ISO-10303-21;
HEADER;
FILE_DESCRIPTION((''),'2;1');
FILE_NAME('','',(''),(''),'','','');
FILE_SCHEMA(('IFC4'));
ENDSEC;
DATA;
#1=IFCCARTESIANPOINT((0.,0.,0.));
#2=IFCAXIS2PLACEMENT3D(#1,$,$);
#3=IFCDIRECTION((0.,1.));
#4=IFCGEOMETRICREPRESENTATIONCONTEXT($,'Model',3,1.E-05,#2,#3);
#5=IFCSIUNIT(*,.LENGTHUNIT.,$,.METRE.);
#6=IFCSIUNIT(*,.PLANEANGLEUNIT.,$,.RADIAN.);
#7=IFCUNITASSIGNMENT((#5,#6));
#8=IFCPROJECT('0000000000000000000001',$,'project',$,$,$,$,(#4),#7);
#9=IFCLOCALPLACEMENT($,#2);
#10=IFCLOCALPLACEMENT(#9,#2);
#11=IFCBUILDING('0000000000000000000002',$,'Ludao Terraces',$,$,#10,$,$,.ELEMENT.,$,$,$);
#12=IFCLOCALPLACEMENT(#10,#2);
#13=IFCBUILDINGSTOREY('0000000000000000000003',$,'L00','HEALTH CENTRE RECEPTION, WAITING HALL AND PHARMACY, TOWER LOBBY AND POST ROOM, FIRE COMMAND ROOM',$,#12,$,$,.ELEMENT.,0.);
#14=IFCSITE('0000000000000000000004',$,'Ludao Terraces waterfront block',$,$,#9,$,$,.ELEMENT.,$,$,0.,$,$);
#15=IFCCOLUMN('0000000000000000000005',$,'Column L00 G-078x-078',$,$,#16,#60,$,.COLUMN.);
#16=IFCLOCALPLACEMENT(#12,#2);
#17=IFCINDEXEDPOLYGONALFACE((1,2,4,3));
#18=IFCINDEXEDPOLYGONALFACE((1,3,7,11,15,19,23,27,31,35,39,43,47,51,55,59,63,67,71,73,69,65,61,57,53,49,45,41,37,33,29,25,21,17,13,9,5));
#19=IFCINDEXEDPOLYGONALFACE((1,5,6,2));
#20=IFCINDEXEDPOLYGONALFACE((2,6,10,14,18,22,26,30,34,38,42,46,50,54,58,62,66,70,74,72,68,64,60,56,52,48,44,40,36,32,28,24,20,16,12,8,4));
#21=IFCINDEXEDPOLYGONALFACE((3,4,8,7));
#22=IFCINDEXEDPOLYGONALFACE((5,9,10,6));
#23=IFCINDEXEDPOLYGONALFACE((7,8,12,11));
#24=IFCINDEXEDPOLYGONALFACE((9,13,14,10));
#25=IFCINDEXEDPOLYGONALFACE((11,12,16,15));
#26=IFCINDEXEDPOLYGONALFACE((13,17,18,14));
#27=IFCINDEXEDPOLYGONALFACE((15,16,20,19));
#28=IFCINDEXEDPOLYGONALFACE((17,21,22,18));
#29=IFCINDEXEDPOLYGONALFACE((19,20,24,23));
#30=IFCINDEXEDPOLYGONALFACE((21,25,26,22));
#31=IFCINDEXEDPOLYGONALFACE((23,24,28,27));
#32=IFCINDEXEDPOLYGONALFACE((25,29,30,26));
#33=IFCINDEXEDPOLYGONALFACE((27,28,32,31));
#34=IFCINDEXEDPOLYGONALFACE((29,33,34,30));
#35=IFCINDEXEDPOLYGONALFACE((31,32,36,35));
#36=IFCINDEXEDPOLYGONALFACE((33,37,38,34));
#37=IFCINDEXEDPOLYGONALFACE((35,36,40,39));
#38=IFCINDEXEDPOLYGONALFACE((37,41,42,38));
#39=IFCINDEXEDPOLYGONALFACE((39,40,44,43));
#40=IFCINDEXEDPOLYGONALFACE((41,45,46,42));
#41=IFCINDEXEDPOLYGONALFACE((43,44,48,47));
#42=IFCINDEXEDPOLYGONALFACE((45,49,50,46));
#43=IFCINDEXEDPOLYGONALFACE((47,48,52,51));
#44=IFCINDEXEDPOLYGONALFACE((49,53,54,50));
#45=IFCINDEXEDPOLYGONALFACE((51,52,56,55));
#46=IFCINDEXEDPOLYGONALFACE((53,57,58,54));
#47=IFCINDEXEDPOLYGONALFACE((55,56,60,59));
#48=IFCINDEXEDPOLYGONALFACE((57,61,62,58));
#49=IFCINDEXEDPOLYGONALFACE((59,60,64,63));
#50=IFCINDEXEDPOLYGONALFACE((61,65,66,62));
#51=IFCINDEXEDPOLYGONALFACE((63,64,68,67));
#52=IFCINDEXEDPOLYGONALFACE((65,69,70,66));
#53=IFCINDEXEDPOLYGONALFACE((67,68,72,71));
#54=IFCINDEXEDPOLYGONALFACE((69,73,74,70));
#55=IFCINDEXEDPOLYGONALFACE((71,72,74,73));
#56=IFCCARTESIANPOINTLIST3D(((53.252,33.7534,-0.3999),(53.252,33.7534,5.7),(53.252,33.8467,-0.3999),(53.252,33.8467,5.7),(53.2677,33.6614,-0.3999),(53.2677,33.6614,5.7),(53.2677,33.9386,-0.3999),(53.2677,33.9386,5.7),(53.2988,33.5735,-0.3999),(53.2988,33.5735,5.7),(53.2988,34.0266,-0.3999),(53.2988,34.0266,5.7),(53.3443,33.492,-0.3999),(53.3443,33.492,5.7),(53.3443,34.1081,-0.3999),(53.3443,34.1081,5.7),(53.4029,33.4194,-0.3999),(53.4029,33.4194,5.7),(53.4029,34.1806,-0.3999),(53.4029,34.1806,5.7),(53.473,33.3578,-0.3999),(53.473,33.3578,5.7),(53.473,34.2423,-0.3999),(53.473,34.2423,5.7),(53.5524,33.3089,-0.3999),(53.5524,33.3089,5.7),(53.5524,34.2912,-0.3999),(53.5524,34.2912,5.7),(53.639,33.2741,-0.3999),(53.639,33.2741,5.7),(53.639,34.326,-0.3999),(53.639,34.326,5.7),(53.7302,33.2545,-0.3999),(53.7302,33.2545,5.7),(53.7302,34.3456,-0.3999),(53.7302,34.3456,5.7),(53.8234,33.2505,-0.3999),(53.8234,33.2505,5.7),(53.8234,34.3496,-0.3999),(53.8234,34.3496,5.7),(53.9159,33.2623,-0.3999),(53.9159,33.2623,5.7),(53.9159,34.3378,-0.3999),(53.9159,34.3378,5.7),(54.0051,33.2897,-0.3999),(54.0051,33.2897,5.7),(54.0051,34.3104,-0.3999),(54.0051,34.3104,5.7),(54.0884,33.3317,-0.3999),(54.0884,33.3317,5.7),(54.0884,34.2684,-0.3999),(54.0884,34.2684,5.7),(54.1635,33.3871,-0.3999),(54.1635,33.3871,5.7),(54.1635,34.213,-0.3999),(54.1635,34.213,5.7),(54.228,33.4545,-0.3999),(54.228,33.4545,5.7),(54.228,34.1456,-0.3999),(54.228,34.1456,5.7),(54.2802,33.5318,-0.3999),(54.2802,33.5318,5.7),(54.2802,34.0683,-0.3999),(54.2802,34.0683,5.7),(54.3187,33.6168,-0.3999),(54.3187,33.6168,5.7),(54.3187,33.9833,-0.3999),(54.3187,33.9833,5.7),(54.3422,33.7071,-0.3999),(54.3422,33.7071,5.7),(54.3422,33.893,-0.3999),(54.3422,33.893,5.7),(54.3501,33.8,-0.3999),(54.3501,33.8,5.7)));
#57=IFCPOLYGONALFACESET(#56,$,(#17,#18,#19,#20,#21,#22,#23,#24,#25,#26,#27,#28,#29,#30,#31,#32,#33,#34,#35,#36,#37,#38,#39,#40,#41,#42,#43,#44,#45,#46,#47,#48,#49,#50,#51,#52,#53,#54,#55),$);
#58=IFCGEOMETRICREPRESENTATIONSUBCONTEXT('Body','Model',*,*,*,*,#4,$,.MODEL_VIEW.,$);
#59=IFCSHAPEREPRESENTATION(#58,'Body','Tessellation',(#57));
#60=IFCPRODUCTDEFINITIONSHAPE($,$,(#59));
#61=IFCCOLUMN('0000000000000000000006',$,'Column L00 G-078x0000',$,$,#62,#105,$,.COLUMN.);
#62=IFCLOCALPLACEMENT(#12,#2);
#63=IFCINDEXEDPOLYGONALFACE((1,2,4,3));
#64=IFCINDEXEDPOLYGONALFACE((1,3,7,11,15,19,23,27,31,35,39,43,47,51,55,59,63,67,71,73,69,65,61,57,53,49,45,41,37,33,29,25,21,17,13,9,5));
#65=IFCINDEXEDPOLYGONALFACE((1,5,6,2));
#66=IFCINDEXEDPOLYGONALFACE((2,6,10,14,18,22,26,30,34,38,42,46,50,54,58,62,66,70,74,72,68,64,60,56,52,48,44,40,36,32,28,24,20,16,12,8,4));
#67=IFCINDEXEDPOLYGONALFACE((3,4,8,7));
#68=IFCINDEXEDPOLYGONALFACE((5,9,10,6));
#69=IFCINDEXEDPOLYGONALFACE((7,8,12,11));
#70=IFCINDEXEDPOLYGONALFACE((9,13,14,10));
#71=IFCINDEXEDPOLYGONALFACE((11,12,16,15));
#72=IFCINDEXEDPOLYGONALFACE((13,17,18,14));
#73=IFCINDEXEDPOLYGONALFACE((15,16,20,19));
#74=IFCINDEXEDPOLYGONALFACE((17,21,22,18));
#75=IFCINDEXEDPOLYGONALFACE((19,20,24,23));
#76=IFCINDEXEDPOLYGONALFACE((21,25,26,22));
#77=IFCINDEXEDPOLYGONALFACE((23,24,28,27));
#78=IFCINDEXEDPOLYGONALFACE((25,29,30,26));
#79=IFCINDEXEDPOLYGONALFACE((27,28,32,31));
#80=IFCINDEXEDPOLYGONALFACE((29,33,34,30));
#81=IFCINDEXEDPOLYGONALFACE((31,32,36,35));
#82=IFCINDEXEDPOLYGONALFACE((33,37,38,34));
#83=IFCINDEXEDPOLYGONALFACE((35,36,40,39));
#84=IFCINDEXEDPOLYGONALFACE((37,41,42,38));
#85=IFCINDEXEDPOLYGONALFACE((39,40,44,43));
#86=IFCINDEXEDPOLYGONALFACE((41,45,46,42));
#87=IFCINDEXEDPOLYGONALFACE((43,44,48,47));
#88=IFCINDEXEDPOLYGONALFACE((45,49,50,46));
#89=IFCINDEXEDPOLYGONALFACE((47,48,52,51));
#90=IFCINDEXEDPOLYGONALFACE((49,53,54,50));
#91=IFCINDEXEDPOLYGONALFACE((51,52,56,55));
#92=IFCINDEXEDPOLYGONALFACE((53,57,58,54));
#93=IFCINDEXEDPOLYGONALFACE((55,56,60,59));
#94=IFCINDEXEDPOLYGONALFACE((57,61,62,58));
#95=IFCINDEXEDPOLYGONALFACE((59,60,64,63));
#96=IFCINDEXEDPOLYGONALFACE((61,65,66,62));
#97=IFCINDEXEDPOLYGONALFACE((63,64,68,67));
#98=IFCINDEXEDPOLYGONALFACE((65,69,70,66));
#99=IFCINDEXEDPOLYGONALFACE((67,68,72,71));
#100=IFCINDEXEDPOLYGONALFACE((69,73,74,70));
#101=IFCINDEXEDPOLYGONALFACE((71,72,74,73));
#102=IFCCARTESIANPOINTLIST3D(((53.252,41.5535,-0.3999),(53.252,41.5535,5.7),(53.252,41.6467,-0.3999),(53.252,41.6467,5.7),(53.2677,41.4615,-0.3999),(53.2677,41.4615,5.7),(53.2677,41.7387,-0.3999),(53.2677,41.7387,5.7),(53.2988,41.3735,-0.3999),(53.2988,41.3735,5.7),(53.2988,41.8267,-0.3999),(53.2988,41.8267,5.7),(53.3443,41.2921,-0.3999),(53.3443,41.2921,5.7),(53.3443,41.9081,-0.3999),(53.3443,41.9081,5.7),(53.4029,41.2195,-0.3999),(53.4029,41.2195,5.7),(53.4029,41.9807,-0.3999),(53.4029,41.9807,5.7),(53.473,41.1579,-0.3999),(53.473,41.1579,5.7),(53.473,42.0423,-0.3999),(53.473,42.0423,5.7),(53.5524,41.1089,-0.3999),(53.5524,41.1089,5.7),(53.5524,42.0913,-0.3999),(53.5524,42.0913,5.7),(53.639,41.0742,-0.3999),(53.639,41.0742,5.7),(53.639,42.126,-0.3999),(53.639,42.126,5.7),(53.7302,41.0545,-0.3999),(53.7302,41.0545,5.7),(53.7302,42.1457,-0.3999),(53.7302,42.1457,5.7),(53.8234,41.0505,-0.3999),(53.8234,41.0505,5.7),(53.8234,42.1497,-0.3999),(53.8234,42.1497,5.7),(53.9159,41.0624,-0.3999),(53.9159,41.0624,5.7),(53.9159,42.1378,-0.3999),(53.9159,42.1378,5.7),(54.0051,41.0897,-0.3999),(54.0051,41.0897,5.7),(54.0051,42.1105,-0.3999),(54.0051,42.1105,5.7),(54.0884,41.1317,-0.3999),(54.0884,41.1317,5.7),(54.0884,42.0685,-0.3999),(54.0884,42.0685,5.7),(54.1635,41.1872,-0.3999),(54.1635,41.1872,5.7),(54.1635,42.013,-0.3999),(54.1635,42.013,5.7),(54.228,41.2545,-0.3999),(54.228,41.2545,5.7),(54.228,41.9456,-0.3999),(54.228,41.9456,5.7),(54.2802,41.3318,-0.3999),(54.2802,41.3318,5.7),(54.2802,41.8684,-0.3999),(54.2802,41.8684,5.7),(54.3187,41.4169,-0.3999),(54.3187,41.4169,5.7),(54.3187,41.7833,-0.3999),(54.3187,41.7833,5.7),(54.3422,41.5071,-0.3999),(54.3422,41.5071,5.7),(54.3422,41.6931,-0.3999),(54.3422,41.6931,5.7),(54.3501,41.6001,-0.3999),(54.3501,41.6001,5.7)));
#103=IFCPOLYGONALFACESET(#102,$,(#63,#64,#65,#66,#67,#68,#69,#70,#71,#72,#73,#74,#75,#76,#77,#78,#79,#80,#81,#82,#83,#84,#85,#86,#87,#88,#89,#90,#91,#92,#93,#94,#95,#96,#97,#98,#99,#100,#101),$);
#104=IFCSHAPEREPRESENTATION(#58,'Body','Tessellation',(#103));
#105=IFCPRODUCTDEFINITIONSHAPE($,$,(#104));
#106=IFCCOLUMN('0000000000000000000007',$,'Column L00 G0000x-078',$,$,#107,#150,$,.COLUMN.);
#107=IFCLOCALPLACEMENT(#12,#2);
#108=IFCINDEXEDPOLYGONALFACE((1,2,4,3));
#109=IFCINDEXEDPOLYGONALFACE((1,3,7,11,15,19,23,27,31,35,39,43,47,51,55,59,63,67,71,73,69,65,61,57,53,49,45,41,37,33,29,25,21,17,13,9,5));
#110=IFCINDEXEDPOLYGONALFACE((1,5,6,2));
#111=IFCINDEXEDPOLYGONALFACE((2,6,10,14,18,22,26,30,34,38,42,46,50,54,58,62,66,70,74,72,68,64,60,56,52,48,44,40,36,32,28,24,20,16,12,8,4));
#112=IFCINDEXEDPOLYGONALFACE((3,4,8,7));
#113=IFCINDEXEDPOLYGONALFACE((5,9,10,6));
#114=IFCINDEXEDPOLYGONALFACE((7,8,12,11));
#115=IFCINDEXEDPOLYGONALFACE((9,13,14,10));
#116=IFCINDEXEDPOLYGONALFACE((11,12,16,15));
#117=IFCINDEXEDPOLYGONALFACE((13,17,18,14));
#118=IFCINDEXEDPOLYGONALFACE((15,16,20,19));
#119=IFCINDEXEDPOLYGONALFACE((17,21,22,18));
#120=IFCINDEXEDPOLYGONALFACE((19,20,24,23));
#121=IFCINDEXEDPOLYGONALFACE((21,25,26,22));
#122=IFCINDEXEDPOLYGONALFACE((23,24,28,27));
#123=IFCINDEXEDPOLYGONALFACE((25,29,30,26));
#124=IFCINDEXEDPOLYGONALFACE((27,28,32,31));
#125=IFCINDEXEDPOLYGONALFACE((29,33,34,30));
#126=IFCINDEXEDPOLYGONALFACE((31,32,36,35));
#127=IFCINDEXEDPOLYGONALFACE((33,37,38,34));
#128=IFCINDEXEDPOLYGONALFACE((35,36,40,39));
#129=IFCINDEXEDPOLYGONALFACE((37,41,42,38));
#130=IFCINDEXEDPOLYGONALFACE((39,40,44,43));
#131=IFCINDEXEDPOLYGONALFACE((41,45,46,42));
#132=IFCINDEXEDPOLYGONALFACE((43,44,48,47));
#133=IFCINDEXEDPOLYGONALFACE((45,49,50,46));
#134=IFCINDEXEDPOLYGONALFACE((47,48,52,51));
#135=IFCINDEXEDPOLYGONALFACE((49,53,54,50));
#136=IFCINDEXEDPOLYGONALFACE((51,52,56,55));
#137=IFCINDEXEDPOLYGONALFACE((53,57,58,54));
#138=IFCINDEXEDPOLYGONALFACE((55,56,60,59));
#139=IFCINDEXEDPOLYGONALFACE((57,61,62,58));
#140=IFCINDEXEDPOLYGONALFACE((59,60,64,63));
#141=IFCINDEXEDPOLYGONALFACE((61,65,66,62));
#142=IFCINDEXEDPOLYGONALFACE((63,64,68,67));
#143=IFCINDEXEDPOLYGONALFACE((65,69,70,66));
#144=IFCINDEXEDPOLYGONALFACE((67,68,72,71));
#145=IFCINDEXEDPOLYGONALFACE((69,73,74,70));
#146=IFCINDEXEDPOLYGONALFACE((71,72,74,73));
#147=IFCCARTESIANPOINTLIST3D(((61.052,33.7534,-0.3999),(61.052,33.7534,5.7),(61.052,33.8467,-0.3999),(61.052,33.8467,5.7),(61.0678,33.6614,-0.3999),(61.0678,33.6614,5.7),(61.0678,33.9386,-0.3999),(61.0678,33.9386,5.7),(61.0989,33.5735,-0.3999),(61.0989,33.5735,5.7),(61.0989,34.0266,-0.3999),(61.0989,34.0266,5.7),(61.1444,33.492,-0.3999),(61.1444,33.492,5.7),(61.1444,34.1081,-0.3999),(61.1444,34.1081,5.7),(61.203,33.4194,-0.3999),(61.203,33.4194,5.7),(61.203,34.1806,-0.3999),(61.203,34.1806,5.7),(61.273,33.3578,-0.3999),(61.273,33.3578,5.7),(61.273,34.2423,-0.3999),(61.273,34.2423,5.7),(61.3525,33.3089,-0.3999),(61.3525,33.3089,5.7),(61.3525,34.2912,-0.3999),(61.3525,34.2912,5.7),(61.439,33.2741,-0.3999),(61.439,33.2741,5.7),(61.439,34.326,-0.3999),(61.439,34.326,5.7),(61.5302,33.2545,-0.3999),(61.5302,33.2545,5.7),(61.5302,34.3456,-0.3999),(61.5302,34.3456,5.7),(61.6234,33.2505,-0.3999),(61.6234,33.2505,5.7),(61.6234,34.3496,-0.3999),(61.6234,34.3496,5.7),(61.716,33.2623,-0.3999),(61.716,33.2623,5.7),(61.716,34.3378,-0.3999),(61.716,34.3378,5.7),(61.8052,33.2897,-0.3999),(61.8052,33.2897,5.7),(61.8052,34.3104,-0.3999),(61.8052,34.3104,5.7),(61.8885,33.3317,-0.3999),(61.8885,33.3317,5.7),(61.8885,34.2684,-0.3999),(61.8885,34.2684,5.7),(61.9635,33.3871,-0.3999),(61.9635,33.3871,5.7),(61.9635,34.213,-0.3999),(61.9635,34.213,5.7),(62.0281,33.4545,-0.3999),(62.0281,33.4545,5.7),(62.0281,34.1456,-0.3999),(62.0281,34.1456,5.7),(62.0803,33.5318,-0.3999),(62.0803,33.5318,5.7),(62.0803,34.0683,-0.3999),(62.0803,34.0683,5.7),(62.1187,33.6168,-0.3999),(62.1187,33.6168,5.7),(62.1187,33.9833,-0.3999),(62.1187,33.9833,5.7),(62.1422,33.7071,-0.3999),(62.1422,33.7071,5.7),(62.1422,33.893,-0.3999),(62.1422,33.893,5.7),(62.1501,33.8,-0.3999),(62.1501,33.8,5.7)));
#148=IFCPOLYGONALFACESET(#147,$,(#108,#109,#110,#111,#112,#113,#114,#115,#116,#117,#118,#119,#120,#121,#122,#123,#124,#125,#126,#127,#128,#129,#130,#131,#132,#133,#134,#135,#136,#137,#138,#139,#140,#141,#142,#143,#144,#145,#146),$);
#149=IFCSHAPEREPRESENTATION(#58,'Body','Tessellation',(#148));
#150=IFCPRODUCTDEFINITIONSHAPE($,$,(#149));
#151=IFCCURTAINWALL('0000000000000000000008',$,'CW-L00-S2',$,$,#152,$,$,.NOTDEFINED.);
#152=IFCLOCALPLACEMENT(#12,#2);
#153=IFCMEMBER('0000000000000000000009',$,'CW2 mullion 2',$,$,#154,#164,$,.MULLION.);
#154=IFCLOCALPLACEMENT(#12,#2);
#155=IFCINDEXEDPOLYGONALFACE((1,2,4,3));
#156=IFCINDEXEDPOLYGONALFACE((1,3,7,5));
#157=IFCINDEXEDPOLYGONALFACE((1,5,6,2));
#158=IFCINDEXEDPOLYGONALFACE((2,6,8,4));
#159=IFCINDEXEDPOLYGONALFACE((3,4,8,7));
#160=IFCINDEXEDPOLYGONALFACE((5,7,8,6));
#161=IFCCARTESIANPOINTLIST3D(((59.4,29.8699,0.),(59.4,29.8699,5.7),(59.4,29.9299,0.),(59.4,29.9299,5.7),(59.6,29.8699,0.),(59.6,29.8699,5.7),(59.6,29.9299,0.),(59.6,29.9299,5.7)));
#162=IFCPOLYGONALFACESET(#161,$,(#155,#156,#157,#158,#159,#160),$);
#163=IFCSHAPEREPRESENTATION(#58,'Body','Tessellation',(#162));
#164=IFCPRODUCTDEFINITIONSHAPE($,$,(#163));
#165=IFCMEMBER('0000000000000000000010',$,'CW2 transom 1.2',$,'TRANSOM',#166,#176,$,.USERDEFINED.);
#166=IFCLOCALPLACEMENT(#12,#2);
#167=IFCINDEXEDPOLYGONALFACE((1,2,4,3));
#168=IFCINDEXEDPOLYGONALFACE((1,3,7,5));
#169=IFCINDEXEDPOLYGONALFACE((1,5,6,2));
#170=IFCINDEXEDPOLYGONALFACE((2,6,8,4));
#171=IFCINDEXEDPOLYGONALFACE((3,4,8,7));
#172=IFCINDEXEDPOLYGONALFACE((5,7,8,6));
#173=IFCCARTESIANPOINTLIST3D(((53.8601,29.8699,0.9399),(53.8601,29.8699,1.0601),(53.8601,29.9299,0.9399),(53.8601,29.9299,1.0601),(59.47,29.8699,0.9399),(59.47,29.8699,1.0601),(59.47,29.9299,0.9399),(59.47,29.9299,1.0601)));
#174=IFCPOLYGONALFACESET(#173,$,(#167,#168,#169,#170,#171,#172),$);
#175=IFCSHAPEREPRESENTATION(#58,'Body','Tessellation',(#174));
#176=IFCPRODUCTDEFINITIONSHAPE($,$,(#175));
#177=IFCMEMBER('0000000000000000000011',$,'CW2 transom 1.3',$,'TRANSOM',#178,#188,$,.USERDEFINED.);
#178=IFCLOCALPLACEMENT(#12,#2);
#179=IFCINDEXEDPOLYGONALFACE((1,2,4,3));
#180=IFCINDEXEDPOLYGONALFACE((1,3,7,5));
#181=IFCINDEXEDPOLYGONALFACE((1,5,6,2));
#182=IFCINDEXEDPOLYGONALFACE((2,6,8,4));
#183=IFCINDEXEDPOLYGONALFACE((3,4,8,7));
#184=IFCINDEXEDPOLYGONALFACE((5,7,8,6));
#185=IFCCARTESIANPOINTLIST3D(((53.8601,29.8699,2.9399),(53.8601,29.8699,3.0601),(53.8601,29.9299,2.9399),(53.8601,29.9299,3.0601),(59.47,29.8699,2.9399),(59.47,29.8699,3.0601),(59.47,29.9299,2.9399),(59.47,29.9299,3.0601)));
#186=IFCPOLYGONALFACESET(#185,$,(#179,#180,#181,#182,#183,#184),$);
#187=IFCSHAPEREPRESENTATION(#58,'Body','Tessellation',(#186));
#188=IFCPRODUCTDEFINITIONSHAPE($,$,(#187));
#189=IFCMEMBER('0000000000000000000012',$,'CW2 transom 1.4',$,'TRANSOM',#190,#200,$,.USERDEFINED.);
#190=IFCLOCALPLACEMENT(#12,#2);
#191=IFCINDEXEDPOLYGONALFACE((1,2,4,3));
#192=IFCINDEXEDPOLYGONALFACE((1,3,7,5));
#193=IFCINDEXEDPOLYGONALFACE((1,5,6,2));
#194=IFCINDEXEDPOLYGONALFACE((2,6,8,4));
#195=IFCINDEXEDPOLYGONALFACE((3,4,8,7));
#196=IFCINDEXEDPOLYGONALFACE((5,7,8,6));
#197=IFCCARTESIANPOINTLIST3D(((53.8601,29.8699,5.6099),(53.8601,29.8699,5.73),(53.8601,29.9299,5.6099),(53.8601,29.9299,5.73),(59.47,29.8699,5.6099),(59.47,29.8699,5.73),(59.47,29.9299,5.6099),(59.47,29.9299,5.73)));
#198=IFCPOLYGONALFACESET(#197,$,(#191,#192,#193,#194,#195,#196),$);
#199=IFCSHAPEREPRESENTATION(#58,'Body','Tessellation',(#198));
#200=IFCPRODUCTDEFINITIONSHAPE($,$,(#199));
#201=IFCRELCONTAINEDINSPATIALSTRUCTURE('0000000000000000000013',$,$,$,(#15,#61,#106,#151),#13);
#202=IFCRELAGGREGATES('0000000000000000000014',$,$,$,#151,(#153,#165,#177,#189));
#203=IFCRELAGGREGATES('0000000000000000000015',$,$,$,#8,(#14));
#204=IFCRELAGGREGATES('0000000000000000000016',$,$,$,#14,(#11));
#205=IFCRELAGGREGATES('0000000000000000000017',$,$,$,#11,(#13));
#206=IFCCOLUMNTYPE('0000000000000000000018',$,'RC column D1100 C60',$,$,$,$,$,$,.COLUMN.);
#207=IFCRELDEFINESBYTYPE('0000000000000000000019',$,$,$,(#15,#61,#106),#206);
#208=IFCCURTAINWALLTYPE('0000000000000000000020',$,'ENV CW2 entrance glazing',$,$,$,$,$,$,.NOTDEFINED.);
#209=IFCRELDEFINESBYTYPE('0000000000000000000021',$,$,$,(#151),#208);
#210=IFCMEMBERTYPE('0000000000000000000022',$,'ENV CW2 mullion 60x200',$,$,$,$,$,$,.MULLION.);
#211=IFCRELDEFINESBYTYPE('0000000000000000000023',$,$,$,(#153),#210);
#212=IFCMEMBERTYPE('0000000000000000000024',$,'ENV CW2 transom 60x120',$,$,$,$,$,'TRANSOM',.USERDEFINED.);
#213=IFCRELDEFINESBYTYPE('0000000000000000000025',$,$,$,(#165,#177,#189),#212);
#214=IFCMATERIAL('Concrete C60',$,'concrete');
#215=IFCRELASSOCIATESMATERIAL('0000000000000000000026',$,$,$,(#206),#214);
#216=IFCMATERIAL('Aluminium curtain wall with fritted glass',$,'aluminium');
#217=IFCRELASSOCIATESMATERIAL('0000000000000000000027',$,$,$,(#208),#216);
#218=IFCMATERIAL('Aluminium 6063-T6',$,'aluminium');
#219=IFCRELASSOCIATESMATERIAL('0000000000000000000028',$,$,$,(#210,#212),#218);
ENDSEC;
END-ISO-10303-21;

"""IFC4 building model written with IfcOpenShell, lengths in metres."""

from ifc_helpers import new_model, si_unit, direction, frame, origin, origin_2d, place, context, subcontext, project, spatial, rectangle, circle, extrude, material, material_profile, profile_set, type_object, element, aggregate, save


model = new_model("IFC4")

# Units and contexts
model_context = context("Model", 3, precision=1e-05, world=origin(), true_north=direction((0.0, 1.0)))
body_context = subcontext(model_context, "Body", "Model", "MODEL_VIEW")
ifc_project = project(units=[si_unit("LENGTHUNIT", "METRE"), si_unit("PLANEANGLEUNIT", "RADIAN")], contexts=[model_context])

# Site, building, storey
site_placement = place(None, origin())
site = spatial("IfcSite", under=ifc_project, at=site_placement, Name="Ludao Terraces waterfront block", CompositionType="ELEMENT", RefElevation=0.0)
building_placement = place(site_placement, origin())
building = spatial("IfcBuilding", under=site, at=building_placement, Name="Ludao Terraces", CompositionType="ELEMENT")
storey_placement = place(building_placement, origin())
storey = spatial("IfcBuildingStorey", under=building, at=storey_placement, Name="L00", Description="HEALTH CENTRE RECEPTION, WAITING HALL AND PHARMACY, TOWER LOBBY AND POST ROOM, FIRE COMMAND ROOM", CompositionType="ELEMENT", Elevation=0.0)

# Columns
ifc_material_1 = material(Name="Concrete C60", Category="concrete")
ifc_material_profile_1 = material_profile(ifc_material_1, circle(Radius=0.55, at=origin_2d()), Name="D1100")
ifc_profile_set_1 = profile_set([ifc_material_profile_1], Name="Concrete C60")
column_type = type_object("IfcColumnType", Name="RC column D1100 C60", PredefinedType="COLUMN", material=ifc_profile_set_1)
for number, where, z_axis, x_axis, name in (
    (1, (53.8, 33.8, -0.3999), (0.0, 0.0, 1.0), (1.0, 0.0, 0.0), "Column L00 G-078x-078"),
    (2, (53.8, 41.6001, -0.3999), (0.0, 0.0, 1.0), (1.0, 0.0, 0.0), "Column L00 G-078x0000"),
    (3, (61.6001, 33.8, -0.3999), (0.0, 0.0, 1.0), (1.0, 0.0, 0.0), "Column L00 G0000x-078"),
):
    element("IfcColumn", number, at=place(storey_placement, frame(where, z_axis=z_axis, x_axis=x_axis)), inside=storey, type_object=column_type, Name=name, PredefinedType="COLUMN", context=body_context, shape_type="SweptSolid", body=[
        extrude(circle(Radius=0.55, at=origin_2d()), origin(), (0.0, 0.0, 1.0), 6.0999),
    ])

# Curtain wall, members
ifc_material_2 = material(Name="Aluminium curtain wall with fritted glass", Category="aluminium")
curtain_wall_type = type_object("IfcCurtainWallType", Name="ENV CW2 entrance glazing", PredefinedType="NOTDEFINED", material=ifc_material_2)
curtain_wall_placement = place(storey_placement, origin())
curtain_wall = element("IfcCurtainWall", 4, at=curtain_wall_placement, inside=storey, type_object=curtain_wall_type, Name="CW-L00-S2", PredefinedType="NOTDEFINED")
ifc_material_3 = material(Name="Aluminium 6063-T6", Category="aluminium")
ifc_material_profile_2 = material_profile(ifc_material_3, rectangle(XDim=0.0601, YDim=0.2, at=origin_2d()), Name="60 X 200")
ifc_profile_set_2 = profile_set([ifc_material_profile_2], Name="Aluminium 6063-T6")
member_type_1 = type_object("IfcMemberType", Name="ENV CW2 mullion 60x200", PredefinedType="MULLION", material=ifc_profile_set_2)
member_1_placement = place(storey_placement, frame((59.5, 29.8999, 0.0), z_axis=(0.0, 0.0, 1.0), x_axis=(0.0, 1.0, 0.0)))
member_1 = element("IfcMember", 5, at=member_1_placement, type_object=member_type_1, Name="CW2 mullion 2", PredefinedType="MULLION", context=body_context, shape_type="SweptSolid", body=[
    extrude(rectangle(XDim=0.0601, YDim=0.2, at=origin_2d()), origin(), (0.0, 0.0, 1.0), 5.7),
])
ifc_material_profile_3 = material_profile(ifc_material_3, rectangle(XDim=0.0601, YDim=0.1201, at=origin_2d()), Name="60 X 120")
ifc_profile_set_3 = profile_set([ifc_material_profile_3], Name="Aluminium 6063-T6")
member_type_2 = type_object("IfcMemberType", Name="ENV CW2 transom 60x120", ElementType="TRANSOM", PredefinedType="USERDEFINED", material=ifc_profile_set_3)
member_2_placement = place(storey_placement, frame((53.8601, 29.8999, 1.0), z_axis=(1.0, 0.0, 0.0), x_axis=(0.0, 1.0, 0.0)))
member_2 = element("IfcMember", 6, at=member_2_placement, type_object=member_type_2, Name="CW2 transom 1.2", ObjectType="TRANSOM", PredefinedType="USERDEFINED", context=body_context, shape_type="SweptSolid", body=[
    extrude(rectangle(XDim=0.0601, YDim=0.1201, at=origin_2d()), origin(), (0.0, 0.0, 1.0), 5.6099),
])
member_3_placement = place(storey_placement, frame((53.8601, 29.8999, 3.0), z_axis=(1.0, 0.0, 0.0), x_axis=(0.0, 1.0, 0.0)))
member_3 = element("IfcMember", 7, at=member_3_placement, type_object=member_type_2, Name="CW2 transom 1.3", ObjectType="TRANSOM", PredefinedType="USERDEFINED", context=body_context, shape_type="SweptSolid", body=[
    extrude(rectangle(XDim=0.0601, YDim=0.1201, at=origin_2d()), origin(), (0.0, 0.0, 1.0), 5.6099),
])
member_4_placement = place(storey_placement, frame((53.8601, 29.8999, 5.6699), z_axis=(1.0, 0.0, 0.0), x_axis=(0.0, 1.0, 0.0)))
member_4 = element("IfcMember", 8, at=member_4_placement, type_object=member_type_2, Name="CW2 transom 1.4", ObjectType="TRANSOM", PredefinedType="USERDEFINED", context=body_context, shape_type="SweptSolid", body=[
    extrude(rectangle(XDim=0.0601, YDim=0.1201, at=origin_2d()), origin(), (0.0, 0.0, 1.0), 5.6099),
])
aggregate(curtain_wall, [member_1, member_2, member_3, member_4])

save(model, "model.ifc")
